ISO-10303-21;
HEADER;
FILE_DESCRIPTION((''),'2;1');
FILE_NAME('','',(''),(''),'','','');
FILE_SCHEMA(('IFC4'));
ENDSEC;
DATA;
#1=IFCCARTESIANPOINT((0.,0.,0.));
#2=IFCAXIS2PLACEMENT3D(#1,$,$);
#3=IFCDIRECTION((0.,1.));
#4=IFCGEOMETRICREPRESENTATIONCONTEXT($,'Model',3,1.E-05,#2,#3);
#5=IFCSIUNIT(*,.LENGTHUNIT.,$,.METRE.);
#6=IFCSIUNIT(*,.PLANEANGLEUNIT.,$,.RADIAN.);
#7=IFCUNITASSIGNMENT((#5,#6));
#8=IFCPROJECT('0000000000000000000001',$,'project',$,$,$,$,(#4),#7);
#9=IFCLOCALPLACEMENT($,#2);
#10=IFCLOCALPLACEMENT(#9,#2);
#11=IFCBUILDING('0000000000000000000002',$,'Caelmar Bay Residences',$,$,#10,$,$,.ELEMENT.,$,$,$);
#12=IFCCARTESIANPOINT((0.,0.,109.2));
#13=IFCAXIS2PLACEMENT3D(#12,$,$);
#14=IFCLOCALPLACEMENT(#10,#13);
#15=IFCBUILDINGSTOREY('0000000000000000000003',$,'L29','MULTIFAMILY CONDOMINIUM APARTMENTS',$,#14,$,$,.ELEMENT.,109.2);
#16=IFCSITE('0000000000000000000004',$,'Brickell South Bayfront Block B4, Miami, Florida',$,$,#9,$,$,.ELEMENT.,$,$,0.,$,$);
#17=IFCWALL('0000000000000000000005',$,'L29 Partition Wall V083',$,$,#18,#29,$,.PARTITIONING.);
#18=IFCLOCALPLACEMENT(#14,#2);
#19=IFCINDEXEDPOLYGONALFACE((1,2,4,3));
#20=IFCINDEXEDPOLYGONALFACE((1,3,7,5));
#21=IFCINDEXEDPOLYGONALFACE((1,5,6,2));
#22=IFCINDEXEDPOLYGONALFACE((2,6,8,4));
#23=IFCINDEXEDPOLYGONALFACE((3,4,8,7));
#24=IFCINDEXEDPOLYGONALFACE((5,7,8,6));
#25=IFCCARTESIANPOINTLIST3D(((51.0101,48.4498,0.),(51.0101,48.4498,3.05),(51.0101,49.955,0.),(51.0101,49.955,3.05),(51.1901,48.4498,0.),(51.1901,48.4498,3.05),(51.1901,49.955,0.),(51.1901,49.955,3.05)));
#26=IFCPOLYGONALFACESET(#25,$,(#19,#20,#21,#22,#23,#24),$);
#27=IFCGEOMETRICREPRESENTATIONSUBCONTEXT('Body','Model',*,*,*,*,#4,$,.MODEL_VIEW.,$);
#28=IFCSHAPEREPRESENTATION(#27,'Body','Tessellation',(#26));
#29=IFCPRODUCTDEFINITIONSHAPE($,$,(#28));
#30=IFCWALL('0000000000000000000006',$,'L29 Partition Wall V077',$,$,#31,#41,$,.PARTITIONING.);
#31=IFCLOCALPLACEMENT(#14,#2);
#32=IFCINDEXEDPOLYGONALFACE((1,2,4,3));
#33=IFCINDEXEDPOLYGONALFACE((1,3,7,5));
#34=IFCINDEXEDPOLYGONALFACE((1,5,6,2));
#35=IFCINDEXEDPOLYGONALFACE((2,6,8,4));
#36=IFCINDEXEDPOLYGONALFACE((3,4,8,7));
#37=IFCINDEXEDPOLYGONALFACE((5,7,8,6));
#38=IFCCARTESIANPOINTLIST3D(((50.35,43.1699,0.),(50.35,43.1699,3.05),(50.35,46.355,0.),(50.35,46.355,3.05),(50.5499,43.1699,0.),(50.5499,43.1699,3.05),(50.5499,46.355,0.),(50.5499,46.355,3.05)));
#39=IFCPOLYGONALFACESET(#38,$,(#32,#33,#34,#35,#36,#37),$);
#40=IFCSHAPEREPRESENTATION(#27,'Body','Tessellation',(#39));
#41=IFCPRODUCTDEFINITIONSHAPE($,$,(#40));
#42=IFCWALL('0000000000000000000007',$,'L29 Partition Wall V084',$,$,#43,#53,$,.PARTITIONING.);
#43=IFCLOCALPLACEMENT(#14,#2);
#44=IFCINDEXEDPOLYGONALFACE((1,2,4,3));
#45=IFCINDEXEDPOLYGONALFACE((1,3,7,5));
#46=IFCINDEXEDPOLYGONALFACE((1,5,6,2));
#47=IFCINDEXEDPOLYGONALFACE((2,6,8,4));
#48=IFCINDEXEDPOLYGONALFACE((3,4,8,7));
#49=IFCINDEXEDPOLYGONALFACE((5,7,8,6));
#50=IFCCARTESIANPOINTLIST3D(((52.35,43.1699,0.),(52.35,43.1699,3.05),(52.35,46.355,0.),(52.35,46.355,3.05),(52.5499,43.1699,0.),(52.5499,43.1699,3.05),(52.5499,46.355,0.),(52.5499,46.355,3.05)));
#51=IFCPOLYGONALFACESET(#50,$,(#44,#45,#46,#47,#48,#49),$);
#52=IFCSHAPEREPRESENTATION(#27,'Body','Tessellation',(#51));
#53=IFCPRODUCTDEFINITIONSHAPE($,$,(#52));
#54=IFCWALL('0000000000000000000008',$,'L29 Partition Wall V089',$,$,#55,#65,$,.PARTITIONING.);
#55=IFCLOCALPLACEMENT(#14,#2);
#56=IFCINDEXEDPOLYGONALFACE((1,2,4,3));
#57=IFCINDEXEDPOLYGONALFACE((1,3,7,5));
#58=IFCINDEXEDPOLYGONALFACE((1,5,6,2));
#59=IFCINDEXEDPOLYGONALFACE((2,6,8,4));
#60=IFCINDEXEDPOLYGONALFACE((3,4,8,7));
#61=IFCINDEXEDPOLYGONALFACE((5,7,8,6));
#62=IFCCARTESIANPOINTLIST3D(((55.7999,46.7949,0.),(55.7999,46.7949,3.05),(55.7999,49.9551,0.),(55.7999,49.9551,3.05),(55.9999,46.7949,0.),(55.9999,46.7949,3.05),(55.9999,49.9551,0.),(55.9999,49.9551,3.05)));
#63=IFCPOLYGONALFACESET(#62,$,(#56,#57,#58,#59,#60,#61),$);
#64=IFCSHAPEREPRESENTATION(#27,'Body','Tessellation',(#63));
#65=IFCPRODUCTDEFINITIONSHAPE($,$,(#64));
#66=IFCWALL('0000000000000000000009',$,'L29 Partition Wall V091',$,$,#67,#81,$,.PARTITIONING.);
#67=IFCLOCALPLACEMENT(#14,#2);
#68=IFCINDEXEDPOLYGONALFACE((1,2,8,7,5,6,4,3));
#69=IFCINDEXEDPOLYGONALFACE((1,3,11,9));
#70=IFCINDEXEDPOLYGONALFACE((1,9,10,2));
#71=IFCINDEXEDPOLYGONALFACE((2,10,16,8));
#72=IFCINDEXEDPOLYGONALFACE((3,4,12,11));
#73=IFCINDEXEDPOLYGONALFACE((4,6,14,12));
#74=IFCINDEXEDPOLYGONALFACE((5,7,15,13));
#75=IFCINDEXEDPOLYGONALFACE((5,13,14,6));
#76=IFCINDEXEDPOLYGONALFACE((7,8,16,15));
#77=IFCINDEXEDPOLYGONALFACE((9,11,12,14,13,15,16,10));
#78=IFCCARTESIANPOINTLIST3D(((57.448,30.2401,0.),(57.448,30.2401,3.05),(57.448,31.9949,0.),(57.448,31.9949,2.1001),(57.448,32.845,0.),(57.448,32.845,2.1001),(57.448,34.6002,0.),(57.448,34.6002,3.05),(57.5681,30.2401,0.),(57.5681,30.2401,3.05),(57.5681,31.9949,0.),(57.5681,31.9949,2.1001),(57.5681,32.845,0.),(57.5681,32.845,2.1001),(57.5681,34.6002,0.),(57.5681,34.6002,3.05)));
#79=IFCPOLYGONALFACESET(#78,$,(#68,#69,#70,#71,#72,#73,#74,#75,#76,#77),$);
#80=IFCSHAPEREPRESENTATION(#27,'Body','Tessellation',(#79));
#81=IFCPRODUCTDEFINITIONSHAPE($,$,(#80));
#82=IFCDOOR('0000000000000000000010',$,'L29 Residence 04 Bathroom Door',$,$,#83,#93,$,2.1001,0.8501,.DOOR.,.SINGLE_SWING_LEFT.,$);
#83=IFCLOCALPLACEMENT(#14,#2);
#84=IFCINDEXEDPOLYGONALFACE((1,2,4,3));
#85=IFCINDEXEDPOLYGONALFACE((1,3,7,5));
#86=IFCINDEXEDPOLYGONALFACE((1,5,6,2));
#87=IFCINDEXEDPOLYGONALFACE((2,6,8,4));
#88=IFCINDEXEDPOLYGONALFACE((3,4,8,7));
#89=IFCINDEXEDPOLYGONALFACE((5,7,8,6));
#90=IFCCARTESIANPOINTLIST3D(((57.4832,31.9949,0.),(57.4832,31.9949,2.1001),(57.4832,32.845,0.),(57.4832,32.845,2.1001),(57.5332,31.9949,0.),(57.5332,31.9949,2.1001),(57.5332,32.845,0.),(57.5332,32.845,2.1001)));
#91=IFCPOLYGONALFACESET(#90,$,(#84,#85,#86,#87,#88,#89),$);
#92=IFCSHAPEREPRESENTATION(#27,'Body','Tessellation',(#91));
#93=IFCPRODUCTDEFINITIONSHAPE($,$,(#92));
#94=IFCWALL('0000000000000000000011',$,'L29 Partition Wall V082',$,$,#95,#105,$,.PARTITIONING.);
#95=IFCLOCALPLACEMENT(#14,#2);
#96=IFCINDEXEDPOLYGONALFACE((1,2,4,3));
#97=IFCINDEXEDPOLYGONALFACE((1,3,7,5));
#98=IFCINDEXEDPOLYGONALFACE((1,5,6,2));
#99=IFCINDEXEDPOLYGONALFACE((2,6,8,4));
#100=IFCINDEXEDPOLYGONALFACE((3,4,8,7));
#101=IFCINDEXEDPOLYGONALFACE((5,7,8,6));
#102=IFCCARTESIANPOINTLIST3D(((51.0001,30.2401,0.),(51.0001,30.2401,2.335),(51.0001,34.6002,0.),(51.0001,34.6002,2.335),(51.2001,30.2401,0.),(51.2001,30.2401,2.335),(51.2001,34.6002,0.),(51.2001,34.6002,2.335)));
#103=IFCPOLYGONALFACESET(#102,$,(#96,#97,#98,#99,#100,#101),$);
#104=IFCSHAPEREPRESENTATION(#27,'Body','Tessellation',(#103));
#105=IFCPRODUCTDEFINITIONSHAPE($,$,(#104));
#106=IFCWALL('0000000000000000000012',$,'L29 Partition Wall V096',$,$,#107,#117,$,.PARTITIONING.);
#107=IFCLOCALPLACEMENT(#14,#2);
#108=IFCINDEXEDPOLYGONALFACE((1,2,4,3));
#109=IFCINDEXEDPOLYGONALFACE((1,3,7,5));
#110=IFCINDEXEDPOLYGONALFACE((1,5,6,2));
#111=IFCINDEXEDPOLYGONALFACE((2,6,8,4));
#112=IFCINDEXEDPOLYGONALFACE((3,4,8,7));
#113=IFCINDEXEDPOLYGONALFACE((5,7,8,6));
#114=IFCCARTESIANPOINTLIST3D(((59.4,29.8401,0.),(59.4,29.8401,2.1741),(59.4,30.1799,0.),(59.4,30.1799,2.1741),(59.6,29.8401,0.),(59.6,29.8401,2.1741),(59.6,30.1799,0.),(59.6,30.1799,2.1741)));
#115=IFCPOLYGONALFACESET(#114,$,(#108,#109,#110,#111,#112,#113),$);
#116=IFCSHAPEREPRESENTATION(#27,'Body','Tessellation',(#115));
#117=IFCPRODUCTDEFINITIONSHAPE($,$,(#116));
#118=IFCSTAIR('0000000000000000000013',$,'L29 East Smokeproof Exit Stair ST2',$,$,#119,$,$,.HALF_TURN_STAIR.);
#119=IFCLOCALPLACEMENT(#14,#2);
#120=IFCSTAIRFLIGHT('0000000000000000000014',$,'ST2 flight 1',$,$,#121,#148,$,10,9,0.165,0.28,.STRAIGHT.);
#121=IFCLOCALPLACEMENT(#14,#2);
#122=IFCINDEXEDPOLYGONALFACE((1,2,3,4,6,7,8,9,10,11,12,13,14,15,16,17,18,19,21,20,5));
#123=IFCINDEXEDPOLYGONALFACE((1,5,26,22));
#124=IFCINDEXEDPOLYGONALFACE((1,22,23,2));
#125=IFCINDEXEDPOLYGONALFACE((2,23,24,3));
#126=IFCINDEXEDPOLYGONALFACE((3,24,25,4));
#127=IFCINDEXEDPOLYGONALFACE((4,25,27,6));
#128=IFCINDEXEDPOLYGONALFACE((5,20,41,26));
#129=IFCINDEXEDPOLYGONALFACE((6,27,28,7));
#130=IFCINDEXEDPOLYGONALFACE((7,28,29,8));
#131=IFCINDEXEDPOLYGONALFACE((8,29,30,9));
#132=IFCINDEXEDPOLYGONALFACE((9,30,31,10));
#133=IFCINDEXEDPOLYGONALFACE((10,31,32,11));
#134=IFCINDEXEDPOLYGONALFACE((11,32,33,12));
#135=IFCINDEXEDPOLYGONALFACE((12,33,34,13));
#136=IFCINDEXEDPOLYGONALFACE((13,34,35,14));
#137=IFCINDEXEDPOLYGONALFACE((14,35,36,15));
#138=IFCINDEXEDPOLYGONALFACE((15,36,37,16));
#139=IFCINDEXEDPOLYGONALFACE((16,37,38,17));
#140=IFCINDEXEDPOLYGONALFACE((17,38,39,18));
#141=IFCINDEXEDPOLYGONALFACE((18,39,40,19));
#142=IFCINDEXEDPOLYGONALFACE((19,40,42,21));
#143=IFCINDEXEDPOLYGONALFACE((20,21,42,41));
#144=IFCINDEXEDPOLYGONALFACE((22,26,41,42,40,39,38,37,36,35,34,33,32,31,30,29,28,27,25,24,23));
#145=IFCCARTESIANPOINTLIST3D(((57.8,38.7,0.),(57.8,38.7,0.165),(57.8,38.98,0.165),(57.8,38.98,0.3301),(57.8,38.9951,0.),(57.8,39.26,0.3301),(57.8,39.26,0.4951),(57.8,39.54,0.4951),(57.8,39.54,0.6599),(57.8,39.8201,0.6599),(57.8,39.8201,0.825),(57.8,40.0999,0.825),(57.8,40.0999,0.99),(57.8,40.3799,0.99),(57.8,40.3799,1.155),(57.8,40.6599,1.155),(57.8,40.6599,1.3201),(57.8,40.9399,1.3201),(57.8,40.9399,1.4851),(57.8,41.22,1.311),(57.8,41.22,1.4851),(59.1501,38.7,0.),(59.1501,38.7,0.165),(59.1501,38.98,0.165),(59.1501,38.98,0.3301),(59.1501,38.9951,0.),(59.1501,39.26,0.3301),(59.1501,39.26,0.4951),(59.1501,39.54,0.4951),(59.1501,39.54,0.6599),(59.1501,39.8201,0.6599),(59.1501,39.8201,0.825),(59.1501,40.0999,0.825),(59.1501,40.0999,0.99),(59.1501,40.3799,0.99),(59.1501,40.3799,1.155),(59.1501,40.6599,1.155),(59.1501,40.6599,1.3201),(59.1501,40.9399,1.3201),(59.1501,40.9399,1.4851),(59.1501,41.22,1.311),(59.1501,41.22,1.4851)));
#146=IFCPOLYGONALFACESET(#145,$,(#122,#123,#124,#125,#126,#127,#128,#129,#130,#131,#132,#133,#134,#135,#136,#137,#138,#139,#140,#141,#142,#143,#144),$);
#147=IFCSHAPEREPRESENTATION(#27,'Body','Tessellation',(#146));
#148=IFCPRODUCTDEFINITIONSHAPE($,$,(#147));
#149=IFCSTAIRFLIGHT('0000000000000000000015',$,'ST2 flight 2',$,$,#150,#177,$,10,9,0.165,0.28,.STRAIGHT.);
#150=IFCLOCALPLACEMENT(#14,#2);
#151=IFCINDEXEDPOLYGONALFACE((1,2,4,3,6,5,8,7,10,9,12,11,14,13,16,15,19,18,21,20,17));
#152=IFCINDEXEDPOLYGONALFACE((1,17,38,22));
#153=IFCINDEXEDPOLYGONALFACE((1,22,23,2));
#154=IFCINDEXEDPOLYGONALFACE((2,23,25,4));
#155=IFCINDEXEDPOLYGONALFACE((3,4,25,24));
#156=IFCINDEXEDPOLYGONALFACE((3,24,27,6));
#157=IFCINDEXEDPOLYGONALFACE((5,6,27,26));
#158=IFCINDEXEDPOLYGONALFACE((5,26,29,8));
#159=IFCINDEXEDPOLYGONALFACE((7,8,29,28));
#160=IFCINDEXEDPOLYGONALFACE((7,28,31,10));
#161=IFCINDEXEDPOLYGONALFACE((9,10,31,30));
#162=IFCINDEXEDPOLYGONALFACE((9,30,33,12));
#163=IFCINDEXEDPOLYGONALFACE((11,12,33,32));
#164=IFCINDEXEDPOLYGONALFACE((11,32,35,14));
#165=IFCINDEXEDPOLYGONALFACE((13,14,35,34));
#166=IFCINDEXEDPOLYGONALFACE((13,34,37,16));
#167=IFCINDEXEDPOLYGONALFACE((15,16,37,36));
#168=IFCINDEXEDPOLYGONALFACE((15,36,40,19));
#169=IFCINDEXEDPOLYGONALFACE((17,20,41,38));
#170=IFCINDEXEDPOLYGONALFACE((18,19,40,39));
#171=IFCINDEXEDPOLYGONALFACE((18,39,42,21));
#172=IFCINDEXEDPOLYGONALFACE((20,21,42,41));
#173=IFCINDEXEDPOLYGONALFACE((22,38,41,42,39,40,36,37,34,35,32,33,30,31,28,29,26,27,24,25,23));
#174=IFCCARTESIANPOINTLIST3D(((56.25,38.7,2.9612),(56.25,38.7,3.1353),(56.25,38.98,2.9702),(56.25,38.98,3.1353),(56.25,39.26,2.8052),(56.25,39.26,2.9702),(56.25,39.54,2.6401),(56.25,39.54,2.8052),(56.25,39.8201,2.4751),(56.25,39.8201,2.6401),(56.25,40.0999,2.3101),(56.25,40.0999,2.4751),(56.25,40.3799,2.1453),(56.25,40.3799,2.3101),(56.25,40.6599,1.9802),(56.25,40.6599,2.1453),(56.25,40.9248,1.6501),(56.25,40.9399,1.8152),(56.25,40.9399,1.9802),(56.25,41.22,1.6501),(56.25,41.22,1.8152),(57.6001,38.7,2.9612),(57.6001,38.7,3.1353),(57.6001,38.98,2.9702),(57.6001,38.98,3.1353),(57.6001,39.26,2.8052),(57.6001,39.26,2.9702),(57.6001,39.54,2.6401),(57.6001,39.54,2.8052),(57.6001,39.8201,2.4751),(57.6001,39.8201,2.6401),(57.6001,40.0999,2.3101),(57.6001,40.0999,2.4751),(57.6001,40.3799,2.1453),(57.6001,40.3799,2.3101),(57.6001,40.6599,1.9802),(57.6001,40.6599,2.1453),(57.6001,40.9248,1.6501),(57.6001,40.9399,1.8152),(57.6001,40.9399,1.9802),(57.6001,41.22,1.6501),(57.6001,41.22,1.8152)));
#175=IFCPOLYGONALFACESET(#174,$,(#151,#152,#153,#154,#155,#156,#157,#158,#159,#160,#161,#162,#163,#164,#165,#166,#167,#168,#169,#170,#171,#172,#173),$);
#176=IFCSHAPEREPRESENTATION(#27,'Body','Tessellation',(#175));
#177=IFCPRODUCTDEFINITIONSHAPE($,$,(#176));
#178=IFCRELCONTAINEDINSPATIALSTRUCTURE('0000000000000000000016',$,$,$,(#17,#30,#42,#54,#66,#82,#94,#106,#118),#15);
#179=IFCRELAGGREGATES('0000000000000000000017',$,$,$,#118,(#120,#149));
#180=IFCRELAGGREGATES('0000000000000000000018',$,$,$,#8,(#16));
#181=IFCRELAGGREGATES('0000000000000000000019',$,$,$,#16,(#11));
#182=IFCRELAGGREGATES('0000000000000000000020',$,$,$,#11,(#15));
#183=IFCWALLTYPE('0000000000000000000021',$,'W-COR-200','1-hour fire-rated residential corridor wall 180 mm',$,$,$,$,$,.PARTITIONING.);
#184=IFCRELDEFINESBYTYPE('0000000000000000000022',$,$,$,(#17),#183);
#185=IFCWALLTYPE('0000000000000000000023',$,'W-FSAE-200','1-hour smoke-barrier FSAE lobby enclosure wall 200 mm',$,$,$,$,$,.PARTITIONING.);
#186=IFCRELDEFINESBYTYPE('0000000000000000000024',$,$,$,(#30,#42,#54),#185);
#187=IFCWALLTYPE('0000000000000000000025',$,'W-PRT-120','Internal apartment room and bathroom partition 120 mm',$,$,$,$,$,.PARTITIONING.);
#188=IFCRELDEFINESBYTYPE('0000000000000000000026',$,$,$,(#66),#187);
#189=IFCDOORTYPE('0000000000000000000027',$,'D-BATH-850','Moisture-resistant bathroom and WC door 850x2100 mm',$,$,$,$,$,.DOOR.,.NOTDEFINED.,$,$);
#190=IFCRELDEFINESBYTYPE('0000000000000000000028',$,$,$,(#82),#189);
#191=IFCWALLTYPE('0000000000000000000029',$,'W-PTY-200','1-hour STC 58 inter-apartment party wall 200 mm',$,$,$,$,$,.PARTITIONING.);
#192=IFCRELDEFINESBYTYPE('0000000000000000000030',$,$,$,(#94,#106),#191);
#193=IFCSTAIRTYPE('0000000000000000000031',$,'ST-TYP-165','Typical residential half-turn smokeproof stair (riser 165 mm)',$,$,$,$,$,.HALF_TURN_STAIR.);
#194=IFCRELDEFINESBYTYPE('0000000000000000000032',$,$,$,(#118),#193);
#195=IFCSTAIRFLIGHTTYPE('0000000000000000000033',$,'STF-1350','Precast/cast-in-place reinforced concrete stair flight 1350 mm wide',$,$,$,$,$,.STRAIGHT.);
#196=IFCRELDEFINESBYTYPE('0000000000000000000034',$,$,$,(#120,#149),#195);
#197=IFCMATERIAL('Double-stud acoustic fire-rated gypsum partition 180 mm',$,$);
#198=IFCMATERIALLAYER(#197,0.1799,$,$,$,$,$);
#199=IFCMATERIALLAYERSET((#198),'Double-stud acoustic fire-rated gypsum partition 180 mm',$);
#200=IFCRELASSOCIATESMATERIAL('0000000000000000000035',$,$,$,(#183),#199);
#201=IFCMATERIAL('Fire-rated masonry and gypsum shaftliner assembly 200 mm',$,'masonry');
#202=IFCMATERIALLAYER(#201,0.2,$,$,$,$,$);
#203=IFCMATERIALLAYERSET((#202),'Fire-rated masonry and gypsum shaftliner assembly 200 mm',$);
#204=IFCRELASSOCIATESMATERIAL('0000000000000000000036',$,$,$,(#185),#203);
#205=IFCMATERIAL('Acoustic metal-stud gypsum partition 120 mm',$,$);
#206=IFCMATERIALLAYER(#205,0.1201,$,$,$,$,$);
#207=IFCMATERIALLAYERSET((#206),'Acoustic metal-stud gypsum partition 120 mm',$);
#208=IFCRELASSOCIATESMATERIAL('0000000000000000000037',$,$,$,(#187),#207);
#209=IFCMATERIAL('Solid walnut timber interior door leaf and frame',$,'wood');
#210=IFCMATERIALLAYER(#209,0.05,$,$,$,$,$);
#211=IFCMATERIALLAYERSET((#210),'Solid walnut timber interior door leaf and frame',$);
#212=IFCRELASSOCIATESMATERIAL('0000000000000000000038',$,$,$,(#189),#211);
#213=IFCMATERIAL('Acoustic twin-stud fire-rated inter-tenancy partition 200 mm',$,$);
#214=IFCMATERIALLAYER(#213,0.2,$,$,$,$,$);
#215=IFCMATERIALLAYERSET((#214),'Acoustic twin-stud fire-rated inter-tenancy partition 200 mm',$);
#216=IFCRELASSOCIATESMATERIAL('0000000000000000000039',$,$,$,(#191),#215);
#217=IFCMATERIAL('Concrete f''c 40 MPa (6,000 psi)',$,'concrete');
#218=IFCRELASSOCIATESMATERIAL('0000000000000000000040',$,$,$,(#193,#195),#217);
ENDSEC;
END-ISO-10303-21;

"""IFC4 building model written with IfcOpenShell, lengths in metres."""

from ifc_helpers import new_model, si_unit, direction, frame, frame_2d, origin, place, context, subcontext, project, spatial, polyline, rectangle, outline, extrude, material, layer, layer_set, type_object, element, fill, aggregate, save


model = new_model("IFC4")

# Units and contexts
model_context = context("Model", 3, precision=1e-05, world=origin(), true_north=direction((0.0, 1.0)))
body_context = subcontext(model_context, "Body", "Model", "MODEL_VIEW")
ifc_project = project(units=[si_unit("LENGTHUNIT", "METRE"), si_unit("PLANEANGLEUNIT", "RADIAN")], contexts=[model_context])

# Site, building, storey
site_placement = place(None, origin())
site = spatial("IfcSite", under=ifc_project, at=site_placement, Name="Brickell South Bayfront Block B4, Miami, Florida", CompositionType="ELEMENT", RefElevation=0.0)
building_placement = place(site_placement, origin())
building = spatial("IfcBuilding", under=site, at=building_placement, Name="Caelmar Bay Residences", CompositionType="ELEMENT")
storey_placement = place(building_placement, frame((0.0, 0.0, 109.2)))
storey = spatial("IfcBuildingStorey", under=building, at=storey_placement, Name="L29", Description="MULTIFAMILY CONDOMINIUM APARTMENTS", CompositionType="ELEMENT", Elevation=109.2)

# Walls
ifc_material_1 = material(Name="Double-stud acoustic fire-rated gypsum partition 180 mm")
ifc_layer_1 = layer(ifc_material_1, 0.1799)
ifc_layer_set_1 = layer_set([ifc_layer_1], Name="Double-stud acoustic fire-rated gypsum partition 180 mm")
wall_type_1 = type_object("IfcWallType", Name="W-COR-200", Description="1-hour fire-rated residential corridor wall 180 mm", PredefinedType="PARTITIONING", material=ifc_layer_set_1)
wall_1_placement = place(storey_placement, frame((51.1001, 48.45, 0.0), z_axis=(0.0, 0.0, 1.0), x_axis=(0.0, 1.0, 0.0)))
element("IfcWall", 1, at=wall_1_placement, inside=storey, type_object=wall_type_1, Name="L29 Partition Wall V083", PredefinedType="PARTITIONING", context=body_context, shape_type="SweptSolid", body=[
    extrude(rectangle(XDim=1.5051, YDim=0.1799, at=frame_2d((0.7524, 0.0))), origin(), (0.0, 0.0, 1.0), 3.05),
])
ifc_material_2 = material(Name="Fire-rated masonry and gypsum shaftliner assembly 200 mm", Category="masonry")
ifc_layer_2 = layer(ifc_material_2, 0.2)
ifc_layer_set_2 = layer_set([ifc_layer_2], Name="Fire-rated masonry and gypsum shaftliner assembly 200 mm")
wall_type_2 = type_object("IfcWallType", Name="W-FSAE-200", Description="1-hour smoke-barrier FSAE lobby enclosure wall 200 mm", PredefinedType="PARTITIONING", material=ifc_layer_set_2)
for number, where, z_axis, x_axis, name in (
    (2, (50.45, 43.1699, 0.0), (0.0, 0.0, 1.0), (0.0, 1.0, 0.0), "L29 Partition Wall V077"),
    (3, (52.45, 43.1699, 0.0), (0.0, 0.0, 1.0), (0.0, 1.0, 0.0), "L29 Partition Wall V084"),
):
    element("IfcWall", number, at=place(storey_placement, frame(where, z_axis=z_axis, x_axis=x_axis)), inside=storey, type_object=wall_type_2, Name=name, PredefinedType="PARTITIONING", context=body_context, shape_type="SweptSolid", body=[
        extrude(rectangle(XDim=3.1851, YDim=0.2, at=frame_2d((1.5925, 0.0))), origin(), (0.0, 0.0, 1.0), 3.05),
    ])
wall_2_placement = place(storey_placement, frame((55.8999, 46.7949, 0.0), z_axis=(0.0, 0.0, 1.0), x_axis=(0.0, 1.0, 0.0)))
element("IfcWall", 4, at=wall_2_placement, inside=storey, type_object=wall_type_2, Name="L29 Partition Wall V089", PredefinedType="PARTITIONING", context=body_context, shape_type="SweptSolid", body=[
    extrude(rectangle(XDim=3.1602, YDim=0.2, at=frame_2d((1.5801, 0.0))), origin(), (0.0, 0.0, 1.0), 3.05),
])

# Wall, opening, door
ifc_material_3 = material(Name="Acoustic metal-stud gypsum partition 120 mm")
ifc_layer_3 = layer(ifc_material_3, 0.1201)
ifc_layer_set_3 = layer_set([ifc_layer_3], Name="Acoustic metal-stud gypsum partition 120 mm")
wall_type_3 = type_object("IfcWallType", Name="W-PRT-120", Description="Internal apartment room and bathroom partition 120 mm", PredefinedType="PARTITIONING", material=ifc_layer_set_3)
wall_3_placement = place(storey_placement, frame((57.5081, 30.24, 0.0), z_axis=(0.0, 0.0, 1.0), x_axis=(0.0, 1.0, 0.0)))
wall_3 = element("IfcWall", 5, at=wall_3_placement, inside=storey, type_object=wall_type_3, Name="L29 Partition Wall V091", PredefinedType="PARTITIONING", context=body_context, shape_type="SweptSolid", body=[
    extrude(rectangle(XDim=4.3601, YDim=0.1201, at=frame_2d((2.1802, 0.0))), origin(), (0.0, 0.0, 1.0), 3.05),
])
opening_1_placement = place(wall_3_placement, frame((1.7549, 0.0, 0.0)))
opening_1 = element("IfcOpeningElement", 6, at=opening_1_placement, cuts=wall_3, PredefinedType="OPENING", context=body_context, shape_type="SweptSolid", body=[
    extrude(rectangle(XDim=0.8501, YDim=2.1001, at=frame_2d((0.425, 1.05))), frame((0.0, 0.0701, 0.0), z_axis=(0.0, -1.0, 0.0), x_axis=(1.0, 0.0, 0.0)), (0.0, 0.0, 1.0), 0.1401),
])
ifc_material_4 = material(Name="Solid walnut timber interior door leaf and frame", Category="wood")
ifc_layer_4 = layer(ifc_material_4, 0.05)
ifc_layer_set_4 = layer_set([ifc_layer_4], Name="Solid walnut timber interior door leaf and frame")
door_type_1 = type_object("IfcDoorType", Name="D-BATH-850", Description="Moisture-resistant bathroom and WC door 850x2100 mm", OperationType="NOTDEFINED", PredefinedType="DOOR", material=ifc_layer_set_4)
door_1_placement = place(opening_1_placement, origin())
door_1 = element("IfcDoor", 7, at=door_1_placement, inside=storey, type_object=door_type_1, Name="L29 Residence 04 Bathroom Door", OperationType="SINGLE_SWING_LEFT", OverallHeight=2.1001, OverallWidth=0.8501, PredefinedType="DOOR", context=body_context, shape_type="SweptSolid", body=[
    extrude(rectangle(XDim=0.8501, YDim=2.1001, at=frame_2d((0.425, 1.05))), frame((0.0, 0.0249, 0.0), z_axis=(0.0, -1.0, 0.0), x_axis=(1.0, 0.0, 0.0)), (0.0, 0.0, 1.0), 0.05),
])
fill(opening_1, door_1)

# Walls
ifc_material_5 = material(Name="Acoustic twin-stud fire-rated inter-tenancy partition 200 mm")
ifc_layer_5 = layer(ifc_material_5, 0.2)
ifc_layer_set_5 = layer_set([ifc_layer_5], Name="Acoustic twin-stud fire-rated inter-tenancy partition 200 mm")
wall_type_4 = type_object("IfcWallType", Name="W-PTY-200", Description="1-hour STC 58 inter-apartment party wall 200 mm", PredefinedType="PARTITIONING", material=ifc_layer_set_5)
wall_4_placement = place(storey_placement, frame((51.1001, 30.24, 0.0), z_axis=(0.0, 0.0, 1.0), x_axis=(0.0, 1.0, 0.0)))
element("IfcWall", 8, at=wall_4_placement, inside=storey, type_object=wall_type_4, Name="L29 Partition Wall V082", PredefinedType="PARTITIONING", context=body_context, shape_type="SweptSolid", body=[
    extrude(rectangle(XDim=4.3601, YDim=0.2, at=frame_2d((2.1802, 0.0))), origin(), (0.0, 0.0, 1.0), 2.335),
])
wall_5_placement = place(storey_placement, frame((59.5, 29.8401, 0.0), z_axis=(0.0, 0.0, 1.0), x_axis=(0.0, 1.0, 0.0)))
element("IfcWall", 9, at=wall_5_placement, inside=storey, type_object=wall_type_4, Name="L29 Partition Wall V096", PredefinedType="PARTITIONING", context=body_context, shape_type="SweptSolid", body=[
    extrude(rectangle(XDim=0.3398, YDim=0.2, at=frame_2d((0.1699, 0.0))), origin(), (0.0, 0.0, 1.0), 2.1741),
])

# Stair, stair flights
ifc_material_6 = material(Name="Concrete f'c 40 MPa (6,000 psi)", Category="concrete")
stair_type = type_object("IfcStairType", Name="ST-TYP-165", Description="Typical residential half-turn smokeproof stair (riser 165 mm)", PredefinedType="HALF_TURN_STAIR", material=ifc_material_6)
stair_placement = place(storey_placement, origin())
stair = element("IfcStair", 10, at=stair_placement, inside=storey, type_object=stair_type, Name="L29 East Smokeproof Exit Stair ST2", PredefinedType="HALF_TURN_STAIR")
stair_flight_type = type_object("IfcStairFlightType", Name="STF-1350", Description="Precast/cast-in-place reinforced concrete stair flight 1350 mm wide", PredefinedType="STRAIGHT", material=ifc_material_6)
stair_flight_1_placement = place(storey_placement, frame((58.4751, 38.7, 0.0), z_axis=(0.0, 0.0, 1.0), x_axis=(0.0, 1.0, 0.0)))
stair_flight_1 = element("IfcStairFlight", 11, at=stair_flight_1_placement, type_object=stair_flight_type, Name="ST2 flight 1", NumberOfRisers=10, NumberOfTreads=9, PredefinedType="STRAIGHT", RiserHeight=0.165, TreadLength=0.28, context=body_context, shape_type="SweptSolid", body=[
    extrude(outline(polyline([(0.0, 0.0), (0.0, 0.165), (0.28, 0.165), (0.28, 0.3301), (0.5601, 0.3301), (0.5601, 0.4951), (0.8401, 0.4951), (0.8401, 0.6599), (1.1201, 0.6599), (1.1201, 0.825), (1.3999, 0.825), (1.3999, 0.99), (1.6799, 0.99), (1.6799, 1.155), (1.96, 1.155), (1.96, 1.3201), (2.24, 1.3201), (2.24, 1.4851), (2.52, 1.4851), (2.52, 1.6499), (2.52, 1.311), (0.2952, 0.0), (0.0, 0.0)])), frame((0.0, 0.675, 0.0), z_axis=(0.0, -1.0, 0.0), x_axis=(1.0, 0.0, 0.0)), (0.0, 0.0, 1.0), 1.3501),
])
stair_flight_2_placement = place(storey_placement, frame((56.925, 41.22, 1.6501), z_axis=(0.0, 0.0, 1.0), x_axis=(0.0, -1.0, 0.0)))
stair_flight_2 = element("IfcStairFlight", 12, at=stair_flight_2_placement, type_object=stair_flight_type, Name="ST2 flight 2", NumberOfRisers=10, NumberOfTreads=9, PredefinedType="STRAIGHT", RiserHeight=0.165, TreadLength=0.28, context=body_context, shape_type="SweptSolid", body=[
    extrude(outline(polyline([(0.0, 0.0), (0.0, 0.165), (0.28, 0.165), (0.28, 0.3301), (0.5601, 0.3301), (0.5601, 0.4951), (0.8401, 0.4951), (0.8401, 0.6599), (1.1201, 0.6599), (1.1201, 0.825), (1.3999, 0.825), (1.3999, 0.99), (1.6799, 0.99), (1.6799, 1.155), (1.96, 1.155), (1.96, 1.3201), (2.24, 1.3201), (2.24, 1.4851), (2.52, 1.4851), (2.52, 1.6499), (2.52, 1.311), (0.2952, 0.0), (0.0, 0.0)])), frame((0.0, 0.675, 0.0), z_axis=(0.0, -1.0, 0.0), x_axis=(1.0, 0.0, 0.0)), (0.0, 0.0, 1.0), 1.3501),
])
aggregate(stair, [stair_flight_1, stair_flight_2])

save(model, "model.ifc")
